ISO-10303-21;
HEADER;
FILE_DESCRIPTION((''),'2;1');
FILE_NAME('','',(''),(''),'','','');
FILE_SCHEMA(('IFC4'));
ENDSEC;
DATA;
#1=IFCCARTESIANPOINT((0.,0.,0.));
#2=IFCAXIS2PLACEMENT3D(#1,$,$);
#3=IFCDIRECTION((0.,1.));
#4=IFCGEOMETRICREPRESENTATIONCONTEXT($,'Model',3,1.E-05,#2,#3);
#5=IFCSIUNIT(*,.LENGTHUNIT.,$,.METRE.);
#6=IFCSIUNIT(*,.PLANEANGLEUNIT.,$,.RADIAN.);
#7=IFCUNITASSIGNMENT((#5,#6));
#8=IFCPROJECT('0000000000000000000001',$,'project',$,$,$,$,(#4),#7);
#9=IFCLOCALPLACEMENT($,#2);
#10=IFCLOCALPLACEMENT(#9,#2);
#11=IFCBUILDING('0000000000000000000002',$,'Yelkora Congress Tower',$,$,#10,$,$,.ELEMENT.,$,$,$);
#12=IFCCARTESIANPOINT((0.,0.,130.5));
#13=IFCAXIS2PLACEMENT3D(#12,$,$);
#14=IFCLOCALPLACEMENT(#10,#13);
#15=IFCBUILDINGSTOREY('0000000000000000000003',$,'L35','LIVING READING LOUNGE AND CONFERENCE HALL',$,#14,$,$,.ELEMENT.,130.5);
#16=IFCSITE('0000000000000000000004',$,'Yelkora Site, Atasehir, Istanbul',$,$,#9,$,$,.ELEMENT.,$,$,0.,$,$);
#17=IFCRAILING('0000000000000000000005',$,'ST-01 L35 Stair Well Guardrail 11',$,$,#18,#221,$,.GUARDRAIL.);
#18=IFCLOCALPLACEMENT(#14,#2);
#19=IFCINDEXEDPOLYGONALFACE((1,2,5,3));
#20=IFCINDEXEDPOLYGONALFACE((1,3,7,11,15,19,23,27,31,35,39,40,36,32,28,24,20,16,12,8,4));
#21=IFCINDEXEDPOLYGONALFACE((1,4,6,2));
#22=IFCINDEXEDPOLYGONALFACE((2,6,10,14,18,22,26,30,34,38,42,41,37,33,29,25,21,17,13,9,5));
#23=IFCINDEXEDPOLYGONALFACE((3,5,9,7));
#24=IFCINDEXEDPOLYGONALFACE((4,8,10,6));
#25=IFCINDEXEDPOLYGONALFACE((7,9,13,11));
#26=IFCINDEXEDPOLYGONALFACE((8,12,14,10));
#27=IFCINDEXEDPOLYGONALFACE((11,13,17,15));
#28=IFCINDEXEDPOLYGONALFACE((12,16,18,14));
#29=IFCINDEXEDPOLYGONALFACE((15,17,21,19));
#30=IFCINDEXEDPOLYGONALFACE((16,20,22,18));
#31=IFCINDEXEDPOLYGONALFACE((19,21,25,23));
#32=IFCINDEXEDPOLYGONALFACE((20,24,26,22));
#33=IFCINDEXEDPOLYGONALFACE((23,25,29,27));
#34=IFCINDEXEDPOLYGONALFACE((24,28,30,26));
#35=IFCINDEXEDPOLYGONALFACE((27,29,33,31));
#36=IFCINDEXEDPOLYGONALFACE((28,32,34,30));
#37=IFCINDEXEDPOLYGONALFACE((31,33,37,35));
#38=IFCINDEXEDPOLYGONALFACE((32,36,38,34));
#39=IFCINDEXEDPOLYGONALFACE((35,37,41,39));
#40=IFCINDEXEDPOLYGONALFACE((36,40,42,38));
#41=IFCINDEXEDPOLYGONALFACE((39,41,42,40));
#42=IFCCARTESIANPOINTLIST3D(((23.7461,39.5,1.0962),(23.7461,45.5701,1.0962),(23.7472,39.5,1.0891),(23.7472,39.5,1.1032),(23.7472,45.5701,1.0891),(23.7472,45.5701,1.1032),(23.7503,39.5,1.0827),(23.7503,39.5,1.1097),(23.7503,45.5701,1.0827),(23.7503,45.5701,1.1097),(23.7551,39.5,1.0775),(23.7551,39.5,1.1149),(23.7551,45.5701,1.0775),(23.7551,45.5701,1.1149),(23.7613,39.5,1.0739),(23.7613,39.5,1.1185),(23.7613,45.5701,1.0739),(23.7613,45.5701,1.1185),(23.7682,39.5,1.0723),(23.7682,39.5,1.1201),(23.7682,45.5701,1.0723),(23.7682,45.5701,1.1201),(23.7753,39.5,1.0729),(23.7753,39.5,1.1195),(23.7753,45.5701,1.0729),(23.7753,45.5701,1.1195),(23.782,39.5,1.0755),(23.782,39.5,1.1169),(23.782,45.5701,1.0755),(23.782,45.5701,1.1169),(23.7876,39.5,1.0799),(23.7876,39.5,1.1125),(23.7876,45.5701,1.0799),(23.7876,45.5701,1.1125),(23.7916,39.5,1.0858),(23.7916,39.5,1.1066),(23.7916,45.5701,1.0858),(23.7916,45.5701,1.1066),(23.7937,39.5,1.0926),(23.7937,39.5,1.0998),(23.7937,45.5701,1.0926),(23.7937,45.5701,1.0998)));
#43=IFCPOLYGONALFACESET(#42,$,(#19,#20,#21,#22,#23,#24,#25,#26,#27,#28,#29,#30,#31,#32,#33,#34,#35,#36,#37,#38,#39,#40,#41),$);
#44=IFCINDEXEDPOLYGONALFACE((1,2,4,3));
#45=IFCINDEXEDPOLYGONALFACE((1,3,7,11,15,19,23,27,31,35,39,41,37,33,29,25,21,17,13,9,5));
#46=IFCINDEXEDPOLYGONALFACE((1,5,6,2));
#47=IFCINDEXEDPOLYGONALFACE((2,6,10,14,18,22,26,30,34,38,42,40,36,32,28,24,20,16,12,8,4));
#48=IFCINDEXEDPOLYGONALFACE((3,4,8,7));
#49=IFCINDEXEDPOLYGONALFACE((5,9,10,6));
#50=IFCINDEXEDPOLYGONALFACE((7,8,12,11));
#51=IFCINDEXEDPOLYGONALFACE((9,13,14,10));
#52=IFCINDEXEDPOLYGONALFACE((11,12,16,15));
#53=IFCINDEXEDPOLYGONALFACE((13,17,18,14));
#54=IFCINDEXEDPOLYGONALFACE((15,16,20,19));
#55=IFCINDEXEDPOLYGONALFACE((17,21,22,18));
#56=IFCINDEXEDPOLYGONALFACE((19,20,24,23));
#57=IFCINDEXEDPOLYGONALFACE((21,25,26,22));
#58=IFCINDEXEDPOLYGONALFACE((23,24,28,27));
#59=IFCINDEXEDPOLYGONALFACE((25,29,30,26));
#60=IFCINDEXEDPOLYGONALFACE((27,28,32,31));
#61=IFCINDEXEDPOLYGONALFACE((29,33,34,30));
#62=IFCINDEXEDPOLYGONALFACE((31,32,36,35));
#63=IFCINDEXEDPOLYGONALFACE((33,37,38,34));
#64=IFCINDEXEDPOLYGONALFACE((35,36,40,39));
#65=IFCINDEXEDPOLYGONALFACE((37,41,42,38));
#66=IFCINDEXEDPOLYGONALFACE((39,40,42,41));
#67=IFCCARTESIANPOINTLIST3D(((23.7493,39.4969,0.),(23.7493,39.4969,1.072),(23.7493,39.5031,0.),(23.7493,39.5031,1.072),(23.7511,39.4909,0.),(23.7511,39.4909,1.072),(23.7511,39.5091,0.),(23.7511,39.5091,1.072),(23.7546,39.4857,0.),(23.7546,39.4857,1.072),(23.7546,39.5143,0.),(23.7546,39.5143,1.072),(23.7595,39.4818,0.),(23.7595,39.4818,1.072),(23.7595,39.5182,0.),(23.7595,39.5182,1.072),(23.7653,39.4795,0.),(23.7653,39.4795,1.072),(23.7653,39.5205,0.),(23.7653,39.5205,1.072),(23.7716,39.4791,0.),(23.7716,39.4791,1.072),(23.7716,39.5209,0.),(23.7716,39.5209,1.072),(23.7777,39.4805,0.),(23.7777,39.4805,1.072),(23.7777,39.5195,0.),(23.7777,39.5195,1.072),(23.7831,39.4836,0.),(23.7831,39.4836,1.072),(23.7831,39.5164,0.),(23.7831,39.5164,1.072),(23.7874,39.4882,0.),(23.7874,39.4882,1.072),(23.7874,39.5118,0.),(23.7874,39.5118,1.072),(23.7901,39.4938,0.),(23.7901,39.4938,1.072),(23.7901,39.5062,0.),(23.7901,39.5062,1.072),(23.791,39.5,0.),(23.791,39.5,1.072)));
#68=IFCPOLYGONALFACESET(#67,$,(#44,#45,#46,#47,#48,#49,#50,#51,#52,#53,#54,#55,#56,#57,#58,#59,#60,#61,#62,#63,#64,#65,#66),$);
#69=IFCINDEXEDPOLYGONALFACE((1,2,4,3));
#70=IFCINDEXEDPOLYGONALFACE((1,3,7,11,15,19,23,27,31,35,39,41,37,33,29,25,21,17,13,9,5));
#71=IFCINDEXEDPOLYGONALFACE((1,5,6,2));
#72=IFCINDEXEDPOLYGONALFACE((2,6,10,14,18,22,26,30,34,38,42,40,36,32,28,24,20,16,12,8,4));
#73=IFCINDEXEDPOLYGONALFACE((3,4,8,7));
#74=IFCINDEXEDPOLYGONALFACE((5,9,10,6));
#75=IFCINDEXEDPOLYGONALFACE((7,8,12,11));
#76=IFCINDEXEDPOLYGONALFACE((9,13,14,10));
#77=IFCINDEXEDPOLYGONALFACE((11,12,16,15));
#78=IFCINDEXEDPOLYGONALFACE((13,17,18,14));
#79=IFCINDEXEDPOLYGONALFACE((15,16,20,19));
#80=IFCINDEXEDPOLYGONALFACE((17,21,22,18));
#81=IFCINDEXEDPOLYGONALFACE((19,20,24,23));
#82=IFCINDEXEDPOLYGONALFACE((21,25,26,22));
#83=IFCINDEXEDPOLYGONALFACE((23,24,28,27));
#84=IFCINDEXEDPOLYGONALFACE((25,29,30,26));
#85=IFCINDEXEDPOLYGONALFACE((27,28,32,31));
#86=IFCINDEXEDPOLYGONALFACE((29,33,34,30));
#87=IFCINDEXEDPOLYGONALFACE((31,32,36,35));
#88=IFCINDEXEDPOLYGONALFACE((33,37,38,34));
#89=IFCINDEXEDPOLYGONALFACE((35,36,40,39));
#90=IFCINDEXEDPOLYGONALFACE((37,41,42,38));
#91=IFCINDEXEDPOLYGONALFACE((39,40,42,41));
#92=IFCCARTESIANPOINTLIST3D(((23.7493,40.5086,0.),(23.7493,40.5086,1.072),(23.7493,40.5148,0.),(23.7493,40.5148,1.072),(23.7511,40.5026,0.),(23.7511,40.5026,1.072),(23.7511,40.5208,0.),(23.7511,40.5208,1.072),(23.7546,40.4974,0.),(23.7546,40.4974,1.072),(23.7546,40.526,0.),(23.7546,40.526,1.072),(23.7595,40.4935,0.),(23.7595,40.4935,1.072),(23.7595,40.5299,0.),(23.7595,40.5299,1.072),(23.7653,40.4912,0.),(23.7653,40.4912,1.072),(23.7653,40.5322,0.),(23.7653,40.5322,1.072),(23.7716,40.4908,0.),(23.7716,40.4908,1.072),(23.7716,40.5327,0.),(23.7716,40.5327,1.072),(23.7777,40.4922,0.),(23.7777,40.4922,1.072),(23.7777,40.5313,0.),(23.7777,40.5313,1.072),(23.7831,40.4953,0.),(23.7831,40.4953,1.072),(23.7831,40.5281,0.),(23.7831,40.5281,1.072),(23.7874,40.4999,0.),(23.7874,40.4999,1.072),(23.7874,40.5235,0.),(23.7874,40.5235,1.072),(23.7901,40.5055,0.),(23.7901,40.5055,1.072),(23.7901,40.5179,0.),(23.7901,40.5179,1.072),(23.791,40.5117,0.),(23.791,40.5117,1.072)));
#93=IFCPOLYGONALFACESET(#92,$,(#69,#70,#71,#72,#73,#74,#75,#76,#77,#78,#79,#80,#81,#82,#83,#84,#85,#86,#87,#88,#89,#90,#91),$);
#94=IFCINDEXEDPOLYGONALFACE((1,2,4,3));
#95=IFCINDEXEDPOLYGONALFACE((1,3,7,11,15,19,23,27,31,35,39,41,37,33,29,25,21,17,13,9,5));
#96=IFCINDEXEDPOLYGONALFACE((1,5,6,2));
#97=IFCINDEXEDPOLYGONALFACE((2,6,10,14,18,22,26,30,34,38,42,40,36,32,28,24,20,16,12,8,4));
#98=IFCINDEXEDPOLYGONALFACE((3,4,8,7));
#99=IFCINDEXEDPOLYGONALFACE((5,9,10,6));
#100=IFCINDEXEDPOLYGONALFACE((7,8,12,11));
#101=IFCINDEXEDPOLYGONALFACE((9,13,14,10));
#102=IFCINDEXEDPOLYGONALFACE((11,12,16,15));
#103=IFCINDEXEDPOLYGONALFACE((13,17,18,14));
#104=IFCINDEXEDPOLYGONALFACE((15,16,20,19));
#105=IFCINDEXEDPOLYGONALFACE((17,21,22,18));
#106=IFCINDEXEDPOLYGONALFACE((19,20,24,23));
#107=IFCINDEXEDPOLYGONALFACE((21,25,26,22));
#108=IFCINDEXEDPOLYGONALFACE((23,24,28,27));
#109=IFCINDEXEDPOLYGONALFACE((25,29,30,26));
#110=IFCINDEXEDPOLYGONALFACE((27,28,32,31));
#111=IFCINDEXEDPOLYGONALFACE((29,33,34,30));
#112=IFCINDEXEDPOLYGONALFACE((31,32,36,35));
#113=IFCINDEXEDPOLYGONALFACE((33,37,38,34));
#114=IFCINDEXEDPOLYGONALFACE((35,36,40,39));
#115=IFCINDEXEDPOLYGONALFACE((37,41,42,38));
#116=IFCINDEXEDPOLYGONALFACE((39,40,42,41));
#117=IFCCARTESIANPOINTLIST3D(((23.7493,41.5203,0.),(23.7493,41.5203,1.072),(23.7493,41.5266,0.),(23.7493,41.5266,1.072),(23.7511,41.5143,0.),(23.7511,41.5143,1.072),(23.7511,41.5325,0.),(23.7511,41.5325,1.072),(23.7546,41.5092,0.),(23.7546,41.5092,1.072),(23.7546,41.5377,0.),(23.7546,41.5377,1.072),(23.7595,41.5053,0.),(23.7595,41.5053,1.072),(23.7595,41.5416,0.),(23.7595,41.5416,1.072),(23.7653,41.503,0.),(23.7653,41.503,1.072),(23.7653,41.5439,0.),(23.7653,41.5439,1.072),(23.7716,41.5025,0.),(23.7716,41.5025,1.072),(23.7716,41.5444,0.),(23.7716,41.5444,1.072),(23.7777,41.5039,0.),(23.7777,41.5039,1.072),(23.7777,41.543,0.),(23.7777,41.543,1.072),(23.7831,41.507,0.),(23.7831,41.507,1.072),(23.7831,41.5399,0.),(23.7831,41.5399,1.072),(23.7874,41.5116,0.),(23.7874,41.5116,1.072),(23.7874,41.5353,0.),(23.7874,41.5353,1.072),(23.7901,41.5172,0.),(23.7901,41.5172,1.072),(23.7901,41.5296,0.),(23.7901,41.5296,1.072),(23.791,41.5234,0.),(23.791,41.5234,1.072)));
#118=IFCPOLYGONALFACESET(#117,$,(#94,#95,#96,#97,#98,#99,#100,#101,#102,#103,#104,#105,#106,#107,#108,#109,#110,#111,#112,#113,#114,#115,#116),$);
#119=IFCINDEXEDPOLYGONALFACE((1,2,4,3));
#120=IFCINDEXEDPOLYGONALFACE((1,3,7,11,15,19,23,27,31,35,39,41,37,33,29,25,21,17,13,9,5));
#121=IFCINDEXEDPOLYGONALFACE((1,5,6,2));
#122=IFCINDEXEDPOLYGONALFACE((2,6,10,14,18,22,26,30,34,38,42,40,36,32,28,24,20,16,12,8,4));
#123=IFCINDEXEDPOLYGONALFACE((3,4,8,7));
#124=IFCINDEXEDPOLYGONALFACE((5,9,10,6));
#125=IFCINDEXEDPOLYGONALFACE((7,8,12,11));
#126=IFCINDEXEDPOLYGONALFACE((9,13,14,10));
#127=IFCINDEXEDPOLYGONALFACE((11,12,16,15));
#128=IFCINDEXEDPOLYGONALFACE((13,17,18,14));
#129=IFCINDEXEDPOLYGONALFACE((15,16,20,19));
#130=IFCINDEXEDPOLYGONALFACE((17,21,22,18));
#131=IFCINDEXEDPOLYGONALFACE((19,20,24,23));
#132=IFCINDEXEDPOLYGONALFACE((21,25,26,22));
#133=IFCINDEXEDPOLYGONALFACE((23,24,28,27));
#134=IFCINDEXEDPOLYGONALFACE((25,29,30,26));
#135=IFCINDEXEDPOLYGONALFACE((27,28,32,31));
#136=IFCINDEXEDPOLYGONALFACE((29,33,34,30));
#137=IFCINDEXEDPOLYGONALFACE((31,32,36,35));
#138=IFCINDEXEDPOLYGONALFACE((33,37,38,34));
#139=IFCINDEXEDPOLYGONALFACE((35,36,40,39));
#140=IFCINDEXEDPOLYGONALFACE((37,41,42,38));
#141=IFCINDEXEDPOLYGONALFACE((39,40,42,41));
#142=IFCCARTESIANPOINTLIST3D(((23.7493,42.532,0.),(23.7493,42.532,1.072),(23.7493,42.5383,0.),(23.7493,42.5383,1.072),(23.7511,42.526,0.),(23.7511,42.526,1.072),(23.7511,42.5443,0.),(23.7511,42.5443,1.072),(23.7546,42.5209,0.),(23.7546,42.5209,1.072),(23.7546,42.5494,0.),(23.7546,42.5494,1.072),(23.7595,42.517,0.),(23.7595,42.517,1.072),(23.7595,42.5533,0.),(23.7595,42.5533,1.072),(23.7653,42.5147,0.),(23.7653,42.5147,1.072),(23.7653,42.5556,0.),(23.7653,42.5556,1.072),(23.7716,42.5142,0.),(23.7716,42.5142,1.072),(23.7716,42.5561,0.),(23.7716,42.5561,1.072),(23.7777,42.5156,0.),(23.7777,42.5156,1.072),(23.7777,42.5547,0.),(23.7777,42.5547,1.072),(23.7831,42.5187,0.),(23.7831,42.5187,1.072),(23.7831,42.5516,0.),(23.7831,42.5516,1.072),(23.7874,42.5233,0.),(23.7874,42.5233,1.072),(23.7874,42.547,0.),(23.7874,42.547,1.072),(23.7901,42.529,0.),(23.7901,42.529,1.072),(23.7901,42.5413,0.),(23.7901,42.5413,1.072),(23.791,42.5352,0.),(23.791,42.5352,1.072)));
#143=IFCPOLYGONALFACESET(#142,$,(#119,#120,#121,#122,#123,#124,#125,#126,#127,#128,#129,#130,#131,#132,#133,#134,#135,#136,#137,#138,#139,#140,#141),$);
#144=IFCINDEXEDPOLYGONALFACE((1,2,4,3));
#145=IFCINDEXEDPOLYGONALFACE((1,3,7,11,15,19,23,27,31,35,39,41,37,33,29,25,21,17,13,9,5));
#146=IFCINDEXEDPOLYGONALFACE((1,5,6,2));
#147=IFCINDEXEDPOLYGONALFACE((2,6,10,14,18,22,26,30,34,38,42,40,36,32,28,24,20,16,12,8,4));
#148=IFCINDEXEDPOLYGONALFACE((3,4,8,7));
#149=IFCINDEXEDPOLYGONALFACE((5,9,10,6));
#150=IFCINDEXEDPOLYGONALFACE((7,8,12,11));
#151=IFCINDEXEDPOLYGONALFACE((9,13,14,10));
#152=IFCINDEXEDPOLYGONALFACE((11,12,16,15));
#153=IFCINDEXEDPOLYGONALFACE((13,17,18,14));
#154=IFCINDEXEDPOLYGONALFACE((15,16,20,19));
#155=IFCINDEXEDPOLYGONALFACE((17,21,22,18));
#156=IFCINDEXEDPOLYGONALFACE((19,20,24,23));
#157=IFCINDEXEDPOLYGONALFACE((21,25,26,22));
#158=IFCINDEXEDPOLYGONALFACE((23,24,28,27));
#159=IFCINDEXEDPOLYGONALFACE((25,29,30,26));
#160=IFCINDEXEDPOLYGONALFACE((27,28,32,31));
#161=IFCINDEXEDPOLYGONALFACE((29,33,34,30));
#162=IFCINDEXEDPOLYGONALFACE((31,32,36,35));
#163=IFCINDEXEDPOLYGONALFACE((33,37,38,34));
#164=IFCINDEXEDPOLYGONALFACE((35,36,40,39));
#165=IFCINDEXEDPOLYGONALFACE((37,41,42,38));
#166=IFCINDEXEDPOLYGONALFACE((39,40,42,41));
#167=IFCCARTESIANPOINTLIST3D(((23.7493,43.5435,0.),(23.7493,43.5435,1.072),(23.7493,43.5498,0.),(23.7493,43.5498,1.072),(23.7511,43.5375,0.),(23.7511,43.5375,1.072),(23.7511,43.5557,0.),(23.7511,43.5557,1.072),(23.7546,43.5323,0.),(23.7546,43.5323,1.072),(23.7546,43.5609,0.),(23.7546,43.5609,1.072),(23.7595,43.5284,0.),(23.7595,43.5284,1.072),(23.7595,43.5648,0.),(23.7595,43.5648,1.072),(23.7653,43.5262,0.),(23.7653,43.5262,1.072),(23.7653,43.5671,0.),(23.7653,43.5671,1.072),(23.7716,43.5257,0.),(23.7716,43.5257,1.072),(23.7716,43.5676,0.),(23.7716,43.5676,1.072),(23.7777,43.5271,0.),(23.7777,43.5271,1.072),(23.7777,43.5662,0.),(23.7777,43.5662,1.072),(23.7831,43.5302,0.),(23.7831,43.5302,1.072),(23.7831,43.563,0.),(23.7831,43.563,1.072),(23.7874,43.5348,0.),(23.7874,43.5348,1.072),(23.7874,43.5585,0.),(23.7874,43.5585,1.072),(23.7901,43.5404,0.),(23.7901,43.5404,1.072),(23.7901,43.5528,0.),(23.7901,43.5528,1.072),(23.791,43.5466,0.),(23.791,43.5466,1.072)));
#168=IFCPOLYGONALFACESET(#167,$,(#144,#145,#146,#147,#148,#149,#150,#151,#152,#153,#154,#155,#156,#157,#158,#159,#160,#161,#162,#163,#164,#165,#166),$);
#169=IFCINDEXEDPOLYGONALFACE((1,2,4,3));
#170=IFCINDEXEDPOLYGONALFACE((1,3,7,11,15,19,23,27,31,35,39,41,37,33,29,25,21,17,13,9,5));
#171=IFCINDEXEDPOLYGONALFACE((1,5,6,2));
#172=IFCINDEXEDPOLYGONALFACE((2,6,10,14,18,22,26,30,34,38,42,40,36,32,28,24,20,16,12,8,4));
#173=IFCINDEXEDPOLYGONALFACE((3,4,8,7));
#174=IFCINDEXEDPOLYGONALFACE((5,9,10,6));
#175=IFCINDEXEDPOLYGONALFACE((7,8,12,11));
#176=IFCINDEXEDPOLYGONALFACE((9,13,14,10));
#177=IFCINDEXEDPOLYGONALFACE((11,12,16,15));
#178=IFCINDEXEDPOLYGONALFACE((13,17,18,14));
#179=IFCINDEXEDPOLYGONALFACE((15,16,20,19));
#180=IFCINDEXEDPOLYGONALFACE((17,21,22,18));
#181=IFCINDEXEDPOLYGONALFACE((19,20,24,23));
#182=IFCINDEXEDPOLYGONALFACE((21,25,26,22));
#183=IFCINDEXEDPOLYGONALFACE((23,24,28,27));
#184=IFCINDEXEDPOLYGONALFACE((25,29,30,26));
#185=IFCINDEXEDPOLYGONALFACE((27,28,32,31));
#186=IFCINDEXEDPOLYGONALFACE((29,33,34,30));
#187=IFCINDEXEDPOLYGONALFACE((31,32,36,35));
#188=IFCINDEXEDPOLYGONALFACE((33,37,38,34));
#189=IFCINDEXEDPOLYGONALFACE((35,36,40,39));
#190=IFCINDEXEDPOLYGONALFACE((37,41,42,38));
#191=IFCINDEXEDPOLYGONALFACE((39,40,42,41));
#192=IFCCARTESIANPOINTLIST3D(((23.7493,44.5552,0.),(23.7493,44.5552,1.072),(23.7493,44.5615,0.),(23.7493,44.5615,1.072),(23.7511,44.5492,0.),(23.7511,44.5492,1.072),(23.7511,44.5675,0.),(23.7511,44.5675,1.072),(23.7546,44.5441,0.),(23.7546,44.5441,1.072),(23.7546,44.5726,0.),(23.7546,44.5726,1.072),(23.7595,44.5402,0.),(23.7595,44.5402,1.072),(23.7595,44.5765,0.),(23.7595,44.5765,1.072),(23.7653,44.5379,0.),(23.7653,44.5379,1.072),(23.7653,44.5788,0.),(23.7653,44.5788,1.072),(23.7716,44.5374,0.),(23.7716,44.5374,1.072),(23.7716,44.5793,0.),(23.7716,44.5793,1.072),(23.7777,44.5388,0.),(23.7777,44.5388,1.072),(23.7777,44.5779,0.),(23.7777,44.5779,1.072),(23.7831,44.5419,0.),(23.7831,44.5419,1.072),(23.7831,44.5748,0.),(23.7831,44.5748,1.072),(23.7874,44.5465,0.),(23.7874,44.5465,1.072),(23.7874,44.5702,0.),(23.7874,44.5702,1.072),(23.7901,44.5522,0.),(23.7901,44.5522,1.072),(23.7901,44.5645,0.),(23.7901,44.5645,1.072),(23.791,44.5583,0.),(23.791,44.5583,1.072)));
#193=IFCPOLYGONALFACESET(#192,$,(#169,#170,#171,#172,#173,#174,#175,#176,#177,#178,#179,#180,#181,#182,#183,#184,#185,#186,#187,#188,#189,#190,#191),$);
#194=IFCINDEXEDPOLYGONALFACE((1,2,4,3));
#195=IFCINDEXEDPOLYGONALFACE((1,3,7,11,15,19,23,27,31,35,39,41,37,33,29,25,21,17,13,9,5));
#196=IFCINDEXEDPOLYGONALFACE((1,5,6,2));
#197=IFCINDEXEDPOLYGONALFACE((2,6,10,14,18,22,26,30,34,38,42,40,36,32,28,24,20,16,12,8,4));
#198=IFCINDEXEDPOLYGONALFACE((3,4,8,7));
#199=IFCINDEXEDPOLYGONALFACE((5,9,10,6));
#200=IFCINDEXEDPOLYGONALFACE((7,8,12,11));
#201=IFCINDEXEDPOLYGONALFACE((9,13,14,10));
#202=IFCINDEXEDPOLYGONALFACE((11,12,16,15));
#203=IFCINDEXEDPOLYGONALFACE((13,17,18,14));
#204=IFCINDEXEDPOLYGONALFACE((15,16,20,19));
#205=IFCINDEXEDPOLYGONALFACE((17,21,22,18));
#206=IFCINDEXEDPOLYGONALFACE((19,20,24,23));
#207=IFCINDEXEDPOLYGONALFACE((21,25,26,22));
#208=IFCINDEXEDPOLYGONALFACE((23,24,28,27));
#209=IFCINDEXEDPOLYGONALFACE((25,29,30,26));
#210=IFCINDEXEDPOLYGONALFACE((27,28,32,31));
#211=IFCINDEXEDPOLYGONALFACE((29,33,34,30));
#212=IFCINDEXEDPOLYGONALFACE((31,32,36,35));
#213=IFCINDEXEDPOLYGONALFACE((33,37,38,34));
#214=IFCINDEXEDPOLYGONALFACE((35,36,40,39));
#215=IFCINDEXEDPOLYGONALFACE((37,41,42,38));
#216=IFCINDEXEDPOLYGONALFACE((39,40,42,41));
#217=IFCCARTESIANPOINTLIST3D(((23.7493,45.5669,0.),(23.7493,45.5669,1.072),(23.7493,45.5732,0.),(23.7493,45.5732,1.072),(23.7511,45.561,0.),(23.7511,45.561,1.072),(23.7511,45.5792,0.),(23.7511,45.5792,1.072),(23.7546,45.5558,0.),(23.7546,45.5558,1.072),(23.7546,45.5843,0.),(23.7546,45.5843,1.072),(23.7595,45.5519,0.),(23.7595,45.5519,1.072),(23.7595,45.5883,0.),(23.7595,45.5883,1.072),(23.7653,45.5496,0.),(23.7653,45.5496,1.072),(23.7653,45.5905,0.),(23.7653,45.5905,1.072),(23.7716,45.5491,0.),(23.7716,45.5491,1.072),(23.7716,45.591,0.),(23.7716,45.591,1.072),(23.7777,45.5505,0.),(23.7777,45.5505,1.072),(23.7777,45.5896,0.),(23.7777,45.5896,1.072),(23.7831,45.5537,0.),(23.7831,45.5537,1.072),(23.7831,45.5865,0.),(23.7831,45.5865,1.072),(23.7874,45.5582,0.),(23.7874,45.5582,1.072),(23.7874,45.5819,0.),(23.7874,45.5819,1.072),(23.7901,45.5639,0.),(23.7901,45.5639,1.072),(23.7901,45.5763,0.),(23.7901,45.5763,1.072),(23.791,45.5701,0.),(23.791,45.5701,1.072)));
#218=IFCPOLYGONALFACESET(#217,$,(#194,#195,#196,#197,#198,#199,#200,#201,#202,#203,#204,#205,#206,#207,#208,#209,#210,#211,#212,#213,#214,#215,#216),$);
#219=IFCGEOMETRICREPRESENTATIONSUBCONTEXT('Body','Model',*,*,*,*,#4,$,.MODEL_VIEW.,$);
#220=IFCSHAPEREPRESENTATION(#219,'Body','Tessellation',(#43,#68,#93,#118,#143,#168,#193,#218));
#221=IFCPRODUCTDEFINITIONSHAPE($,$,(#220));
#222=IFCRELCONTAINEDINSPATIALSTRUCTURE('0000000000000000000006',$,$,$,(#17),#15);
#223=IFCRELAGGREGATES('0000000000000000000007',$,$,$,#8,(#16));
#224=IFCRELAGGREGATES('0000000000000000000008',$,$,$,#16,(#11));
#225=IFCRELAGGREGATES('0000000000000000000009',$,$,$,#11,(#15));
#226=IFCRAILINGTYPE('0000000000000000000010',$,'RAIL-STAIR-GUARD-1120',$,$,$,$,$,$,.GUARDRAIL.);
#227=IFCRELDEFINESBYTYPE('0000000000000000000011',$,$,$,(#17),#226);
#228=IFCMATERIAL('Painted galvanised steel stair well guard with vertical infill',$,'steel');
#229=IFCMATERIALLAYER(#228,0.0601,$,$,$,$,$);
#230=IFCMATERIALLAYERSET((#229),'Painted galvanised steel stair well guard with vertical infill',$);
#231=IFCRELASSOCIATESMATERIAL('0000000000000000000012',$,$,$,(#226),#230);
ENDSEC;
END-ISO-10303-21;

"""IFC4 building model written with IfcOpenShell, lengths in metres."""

from ifc_helpers import new_model, si_unit, direction, frame, origin, origin_2d, place, context, subcontext, project, spatial, circle, extrude, material, layer, layer_set, type_object, element, save


model = new_model("IFC4")

# Units and contexts
model_context = context("Model", 3, precision=1e-05, world=origin(), true_north=direction((0.0, 1.0)))
body_context = subcontext(model_context, "Body", "Model", "MODEL_VIEW")
ifc_project = project(units=[si_unit("LENGTHUNIT", "METRE"), si_unit("PLANEANGLEUNIT", "RADIAN")], contexts=[model_context])

# Site, building, storey
site_placement = place(None, origin())
site = spatial("IfcSite", under=ifc_project, at=site_placement, Name="Yelkora Site, Atasehir, Istanbul", CompositionType="ELEMENT", RefElevation=0.0)
building_placement = place(site_placement, origin())
building = spatial("IfcBuilding", under=site, at=building_placement, Name="Yelkora Congress Tower", CompositionType="ELEMENT")
storey_placement = place(building_placement, frame((0.0, 0.0, 130.5)))
storey = spatial("IfcBuildingStorey", under=building, at=storey_placement, Name="L35", Description="LIVING READING LOUNGE AND CONFERENCE HALL", CompositionType="ELEMENT", Elevation=130.5)

# Railing
ifc_material_1 = material(Name="Painted galvanised steel stair well guard with vertical infill", Category="steel")
ifc_layer_1 = layer(ifc_material_1, 0.0601)
ifc_layer_set_1 = layer_set([ifc_layer_1], Name="Painted galvanised steel stair well guard with vertical infill")
railing_type_1 = type_object("IfcRailingType", Name="RAIL-STAIR-GUARD-1120", PredefinedType="GUARDRAIL", material=ifc_layer_set_1)
railing_1_placement = place(storey_placement, frame((23.77, 39.5, 0.0)))
element("IfcRailing", 1, at=railing_1_placement, inside=storey, type_object=railing_type_1, Name="ST-01 L35 Stair Well Guardrail 11", PredefinedType="GUARDRAIL", context=body_context, shape_type="SweptSolid", body=[
    extrude(circle(Radius=0.0239, at=origin_2d()), frame((0.0, 0.0, 1.0962), z_axis=(0.0, 1.0, 0.0), x_axis=(-1.0, 0.0, 0.0)), (0.0, 0.0, 1.0), 6.0701),
    extrude(circle(Radius=0.021, at=origin_2d()), origin(), (0.0, 0.0, 1.0), 1.072),
    extrude(circle(Radius=0.021, at=origin_2d()), frame((0.0, 1.0117, 0.0)), (0.0, 0.0, 1.0), 1.072),
    extrude(circle(Radius=0.021, at=origin_2d()), frame((0.0, 2.0234, 0.0)), (0.0, 0.0, 1.0), 1.072),
    extrude(circle(Radius=0.021, at=origin_2d()), frame((0.0, 3.0352, 0.0)), (0.0, 0.0, 1.0), 1.072),
    extrude(circle(Radius=0.021, at=origin_2d()), frame((0.0, 4.0466, 0.0)), (0.0, 0.0, 1.0), 1.072),
    extrude(circle(Radius=0.021, at=origin_2d()), frame((0.0, 5.0583, 0.0)), (0.0, 0.0, 1.0), 1.072),
    extrude(circle(Radius=0.021, at=origin_2d()), frame((0.0, 6.0701, 0.0)), (0.0, 0.0, 1.0), 1.072),
])

save(model, "model.ifc")
